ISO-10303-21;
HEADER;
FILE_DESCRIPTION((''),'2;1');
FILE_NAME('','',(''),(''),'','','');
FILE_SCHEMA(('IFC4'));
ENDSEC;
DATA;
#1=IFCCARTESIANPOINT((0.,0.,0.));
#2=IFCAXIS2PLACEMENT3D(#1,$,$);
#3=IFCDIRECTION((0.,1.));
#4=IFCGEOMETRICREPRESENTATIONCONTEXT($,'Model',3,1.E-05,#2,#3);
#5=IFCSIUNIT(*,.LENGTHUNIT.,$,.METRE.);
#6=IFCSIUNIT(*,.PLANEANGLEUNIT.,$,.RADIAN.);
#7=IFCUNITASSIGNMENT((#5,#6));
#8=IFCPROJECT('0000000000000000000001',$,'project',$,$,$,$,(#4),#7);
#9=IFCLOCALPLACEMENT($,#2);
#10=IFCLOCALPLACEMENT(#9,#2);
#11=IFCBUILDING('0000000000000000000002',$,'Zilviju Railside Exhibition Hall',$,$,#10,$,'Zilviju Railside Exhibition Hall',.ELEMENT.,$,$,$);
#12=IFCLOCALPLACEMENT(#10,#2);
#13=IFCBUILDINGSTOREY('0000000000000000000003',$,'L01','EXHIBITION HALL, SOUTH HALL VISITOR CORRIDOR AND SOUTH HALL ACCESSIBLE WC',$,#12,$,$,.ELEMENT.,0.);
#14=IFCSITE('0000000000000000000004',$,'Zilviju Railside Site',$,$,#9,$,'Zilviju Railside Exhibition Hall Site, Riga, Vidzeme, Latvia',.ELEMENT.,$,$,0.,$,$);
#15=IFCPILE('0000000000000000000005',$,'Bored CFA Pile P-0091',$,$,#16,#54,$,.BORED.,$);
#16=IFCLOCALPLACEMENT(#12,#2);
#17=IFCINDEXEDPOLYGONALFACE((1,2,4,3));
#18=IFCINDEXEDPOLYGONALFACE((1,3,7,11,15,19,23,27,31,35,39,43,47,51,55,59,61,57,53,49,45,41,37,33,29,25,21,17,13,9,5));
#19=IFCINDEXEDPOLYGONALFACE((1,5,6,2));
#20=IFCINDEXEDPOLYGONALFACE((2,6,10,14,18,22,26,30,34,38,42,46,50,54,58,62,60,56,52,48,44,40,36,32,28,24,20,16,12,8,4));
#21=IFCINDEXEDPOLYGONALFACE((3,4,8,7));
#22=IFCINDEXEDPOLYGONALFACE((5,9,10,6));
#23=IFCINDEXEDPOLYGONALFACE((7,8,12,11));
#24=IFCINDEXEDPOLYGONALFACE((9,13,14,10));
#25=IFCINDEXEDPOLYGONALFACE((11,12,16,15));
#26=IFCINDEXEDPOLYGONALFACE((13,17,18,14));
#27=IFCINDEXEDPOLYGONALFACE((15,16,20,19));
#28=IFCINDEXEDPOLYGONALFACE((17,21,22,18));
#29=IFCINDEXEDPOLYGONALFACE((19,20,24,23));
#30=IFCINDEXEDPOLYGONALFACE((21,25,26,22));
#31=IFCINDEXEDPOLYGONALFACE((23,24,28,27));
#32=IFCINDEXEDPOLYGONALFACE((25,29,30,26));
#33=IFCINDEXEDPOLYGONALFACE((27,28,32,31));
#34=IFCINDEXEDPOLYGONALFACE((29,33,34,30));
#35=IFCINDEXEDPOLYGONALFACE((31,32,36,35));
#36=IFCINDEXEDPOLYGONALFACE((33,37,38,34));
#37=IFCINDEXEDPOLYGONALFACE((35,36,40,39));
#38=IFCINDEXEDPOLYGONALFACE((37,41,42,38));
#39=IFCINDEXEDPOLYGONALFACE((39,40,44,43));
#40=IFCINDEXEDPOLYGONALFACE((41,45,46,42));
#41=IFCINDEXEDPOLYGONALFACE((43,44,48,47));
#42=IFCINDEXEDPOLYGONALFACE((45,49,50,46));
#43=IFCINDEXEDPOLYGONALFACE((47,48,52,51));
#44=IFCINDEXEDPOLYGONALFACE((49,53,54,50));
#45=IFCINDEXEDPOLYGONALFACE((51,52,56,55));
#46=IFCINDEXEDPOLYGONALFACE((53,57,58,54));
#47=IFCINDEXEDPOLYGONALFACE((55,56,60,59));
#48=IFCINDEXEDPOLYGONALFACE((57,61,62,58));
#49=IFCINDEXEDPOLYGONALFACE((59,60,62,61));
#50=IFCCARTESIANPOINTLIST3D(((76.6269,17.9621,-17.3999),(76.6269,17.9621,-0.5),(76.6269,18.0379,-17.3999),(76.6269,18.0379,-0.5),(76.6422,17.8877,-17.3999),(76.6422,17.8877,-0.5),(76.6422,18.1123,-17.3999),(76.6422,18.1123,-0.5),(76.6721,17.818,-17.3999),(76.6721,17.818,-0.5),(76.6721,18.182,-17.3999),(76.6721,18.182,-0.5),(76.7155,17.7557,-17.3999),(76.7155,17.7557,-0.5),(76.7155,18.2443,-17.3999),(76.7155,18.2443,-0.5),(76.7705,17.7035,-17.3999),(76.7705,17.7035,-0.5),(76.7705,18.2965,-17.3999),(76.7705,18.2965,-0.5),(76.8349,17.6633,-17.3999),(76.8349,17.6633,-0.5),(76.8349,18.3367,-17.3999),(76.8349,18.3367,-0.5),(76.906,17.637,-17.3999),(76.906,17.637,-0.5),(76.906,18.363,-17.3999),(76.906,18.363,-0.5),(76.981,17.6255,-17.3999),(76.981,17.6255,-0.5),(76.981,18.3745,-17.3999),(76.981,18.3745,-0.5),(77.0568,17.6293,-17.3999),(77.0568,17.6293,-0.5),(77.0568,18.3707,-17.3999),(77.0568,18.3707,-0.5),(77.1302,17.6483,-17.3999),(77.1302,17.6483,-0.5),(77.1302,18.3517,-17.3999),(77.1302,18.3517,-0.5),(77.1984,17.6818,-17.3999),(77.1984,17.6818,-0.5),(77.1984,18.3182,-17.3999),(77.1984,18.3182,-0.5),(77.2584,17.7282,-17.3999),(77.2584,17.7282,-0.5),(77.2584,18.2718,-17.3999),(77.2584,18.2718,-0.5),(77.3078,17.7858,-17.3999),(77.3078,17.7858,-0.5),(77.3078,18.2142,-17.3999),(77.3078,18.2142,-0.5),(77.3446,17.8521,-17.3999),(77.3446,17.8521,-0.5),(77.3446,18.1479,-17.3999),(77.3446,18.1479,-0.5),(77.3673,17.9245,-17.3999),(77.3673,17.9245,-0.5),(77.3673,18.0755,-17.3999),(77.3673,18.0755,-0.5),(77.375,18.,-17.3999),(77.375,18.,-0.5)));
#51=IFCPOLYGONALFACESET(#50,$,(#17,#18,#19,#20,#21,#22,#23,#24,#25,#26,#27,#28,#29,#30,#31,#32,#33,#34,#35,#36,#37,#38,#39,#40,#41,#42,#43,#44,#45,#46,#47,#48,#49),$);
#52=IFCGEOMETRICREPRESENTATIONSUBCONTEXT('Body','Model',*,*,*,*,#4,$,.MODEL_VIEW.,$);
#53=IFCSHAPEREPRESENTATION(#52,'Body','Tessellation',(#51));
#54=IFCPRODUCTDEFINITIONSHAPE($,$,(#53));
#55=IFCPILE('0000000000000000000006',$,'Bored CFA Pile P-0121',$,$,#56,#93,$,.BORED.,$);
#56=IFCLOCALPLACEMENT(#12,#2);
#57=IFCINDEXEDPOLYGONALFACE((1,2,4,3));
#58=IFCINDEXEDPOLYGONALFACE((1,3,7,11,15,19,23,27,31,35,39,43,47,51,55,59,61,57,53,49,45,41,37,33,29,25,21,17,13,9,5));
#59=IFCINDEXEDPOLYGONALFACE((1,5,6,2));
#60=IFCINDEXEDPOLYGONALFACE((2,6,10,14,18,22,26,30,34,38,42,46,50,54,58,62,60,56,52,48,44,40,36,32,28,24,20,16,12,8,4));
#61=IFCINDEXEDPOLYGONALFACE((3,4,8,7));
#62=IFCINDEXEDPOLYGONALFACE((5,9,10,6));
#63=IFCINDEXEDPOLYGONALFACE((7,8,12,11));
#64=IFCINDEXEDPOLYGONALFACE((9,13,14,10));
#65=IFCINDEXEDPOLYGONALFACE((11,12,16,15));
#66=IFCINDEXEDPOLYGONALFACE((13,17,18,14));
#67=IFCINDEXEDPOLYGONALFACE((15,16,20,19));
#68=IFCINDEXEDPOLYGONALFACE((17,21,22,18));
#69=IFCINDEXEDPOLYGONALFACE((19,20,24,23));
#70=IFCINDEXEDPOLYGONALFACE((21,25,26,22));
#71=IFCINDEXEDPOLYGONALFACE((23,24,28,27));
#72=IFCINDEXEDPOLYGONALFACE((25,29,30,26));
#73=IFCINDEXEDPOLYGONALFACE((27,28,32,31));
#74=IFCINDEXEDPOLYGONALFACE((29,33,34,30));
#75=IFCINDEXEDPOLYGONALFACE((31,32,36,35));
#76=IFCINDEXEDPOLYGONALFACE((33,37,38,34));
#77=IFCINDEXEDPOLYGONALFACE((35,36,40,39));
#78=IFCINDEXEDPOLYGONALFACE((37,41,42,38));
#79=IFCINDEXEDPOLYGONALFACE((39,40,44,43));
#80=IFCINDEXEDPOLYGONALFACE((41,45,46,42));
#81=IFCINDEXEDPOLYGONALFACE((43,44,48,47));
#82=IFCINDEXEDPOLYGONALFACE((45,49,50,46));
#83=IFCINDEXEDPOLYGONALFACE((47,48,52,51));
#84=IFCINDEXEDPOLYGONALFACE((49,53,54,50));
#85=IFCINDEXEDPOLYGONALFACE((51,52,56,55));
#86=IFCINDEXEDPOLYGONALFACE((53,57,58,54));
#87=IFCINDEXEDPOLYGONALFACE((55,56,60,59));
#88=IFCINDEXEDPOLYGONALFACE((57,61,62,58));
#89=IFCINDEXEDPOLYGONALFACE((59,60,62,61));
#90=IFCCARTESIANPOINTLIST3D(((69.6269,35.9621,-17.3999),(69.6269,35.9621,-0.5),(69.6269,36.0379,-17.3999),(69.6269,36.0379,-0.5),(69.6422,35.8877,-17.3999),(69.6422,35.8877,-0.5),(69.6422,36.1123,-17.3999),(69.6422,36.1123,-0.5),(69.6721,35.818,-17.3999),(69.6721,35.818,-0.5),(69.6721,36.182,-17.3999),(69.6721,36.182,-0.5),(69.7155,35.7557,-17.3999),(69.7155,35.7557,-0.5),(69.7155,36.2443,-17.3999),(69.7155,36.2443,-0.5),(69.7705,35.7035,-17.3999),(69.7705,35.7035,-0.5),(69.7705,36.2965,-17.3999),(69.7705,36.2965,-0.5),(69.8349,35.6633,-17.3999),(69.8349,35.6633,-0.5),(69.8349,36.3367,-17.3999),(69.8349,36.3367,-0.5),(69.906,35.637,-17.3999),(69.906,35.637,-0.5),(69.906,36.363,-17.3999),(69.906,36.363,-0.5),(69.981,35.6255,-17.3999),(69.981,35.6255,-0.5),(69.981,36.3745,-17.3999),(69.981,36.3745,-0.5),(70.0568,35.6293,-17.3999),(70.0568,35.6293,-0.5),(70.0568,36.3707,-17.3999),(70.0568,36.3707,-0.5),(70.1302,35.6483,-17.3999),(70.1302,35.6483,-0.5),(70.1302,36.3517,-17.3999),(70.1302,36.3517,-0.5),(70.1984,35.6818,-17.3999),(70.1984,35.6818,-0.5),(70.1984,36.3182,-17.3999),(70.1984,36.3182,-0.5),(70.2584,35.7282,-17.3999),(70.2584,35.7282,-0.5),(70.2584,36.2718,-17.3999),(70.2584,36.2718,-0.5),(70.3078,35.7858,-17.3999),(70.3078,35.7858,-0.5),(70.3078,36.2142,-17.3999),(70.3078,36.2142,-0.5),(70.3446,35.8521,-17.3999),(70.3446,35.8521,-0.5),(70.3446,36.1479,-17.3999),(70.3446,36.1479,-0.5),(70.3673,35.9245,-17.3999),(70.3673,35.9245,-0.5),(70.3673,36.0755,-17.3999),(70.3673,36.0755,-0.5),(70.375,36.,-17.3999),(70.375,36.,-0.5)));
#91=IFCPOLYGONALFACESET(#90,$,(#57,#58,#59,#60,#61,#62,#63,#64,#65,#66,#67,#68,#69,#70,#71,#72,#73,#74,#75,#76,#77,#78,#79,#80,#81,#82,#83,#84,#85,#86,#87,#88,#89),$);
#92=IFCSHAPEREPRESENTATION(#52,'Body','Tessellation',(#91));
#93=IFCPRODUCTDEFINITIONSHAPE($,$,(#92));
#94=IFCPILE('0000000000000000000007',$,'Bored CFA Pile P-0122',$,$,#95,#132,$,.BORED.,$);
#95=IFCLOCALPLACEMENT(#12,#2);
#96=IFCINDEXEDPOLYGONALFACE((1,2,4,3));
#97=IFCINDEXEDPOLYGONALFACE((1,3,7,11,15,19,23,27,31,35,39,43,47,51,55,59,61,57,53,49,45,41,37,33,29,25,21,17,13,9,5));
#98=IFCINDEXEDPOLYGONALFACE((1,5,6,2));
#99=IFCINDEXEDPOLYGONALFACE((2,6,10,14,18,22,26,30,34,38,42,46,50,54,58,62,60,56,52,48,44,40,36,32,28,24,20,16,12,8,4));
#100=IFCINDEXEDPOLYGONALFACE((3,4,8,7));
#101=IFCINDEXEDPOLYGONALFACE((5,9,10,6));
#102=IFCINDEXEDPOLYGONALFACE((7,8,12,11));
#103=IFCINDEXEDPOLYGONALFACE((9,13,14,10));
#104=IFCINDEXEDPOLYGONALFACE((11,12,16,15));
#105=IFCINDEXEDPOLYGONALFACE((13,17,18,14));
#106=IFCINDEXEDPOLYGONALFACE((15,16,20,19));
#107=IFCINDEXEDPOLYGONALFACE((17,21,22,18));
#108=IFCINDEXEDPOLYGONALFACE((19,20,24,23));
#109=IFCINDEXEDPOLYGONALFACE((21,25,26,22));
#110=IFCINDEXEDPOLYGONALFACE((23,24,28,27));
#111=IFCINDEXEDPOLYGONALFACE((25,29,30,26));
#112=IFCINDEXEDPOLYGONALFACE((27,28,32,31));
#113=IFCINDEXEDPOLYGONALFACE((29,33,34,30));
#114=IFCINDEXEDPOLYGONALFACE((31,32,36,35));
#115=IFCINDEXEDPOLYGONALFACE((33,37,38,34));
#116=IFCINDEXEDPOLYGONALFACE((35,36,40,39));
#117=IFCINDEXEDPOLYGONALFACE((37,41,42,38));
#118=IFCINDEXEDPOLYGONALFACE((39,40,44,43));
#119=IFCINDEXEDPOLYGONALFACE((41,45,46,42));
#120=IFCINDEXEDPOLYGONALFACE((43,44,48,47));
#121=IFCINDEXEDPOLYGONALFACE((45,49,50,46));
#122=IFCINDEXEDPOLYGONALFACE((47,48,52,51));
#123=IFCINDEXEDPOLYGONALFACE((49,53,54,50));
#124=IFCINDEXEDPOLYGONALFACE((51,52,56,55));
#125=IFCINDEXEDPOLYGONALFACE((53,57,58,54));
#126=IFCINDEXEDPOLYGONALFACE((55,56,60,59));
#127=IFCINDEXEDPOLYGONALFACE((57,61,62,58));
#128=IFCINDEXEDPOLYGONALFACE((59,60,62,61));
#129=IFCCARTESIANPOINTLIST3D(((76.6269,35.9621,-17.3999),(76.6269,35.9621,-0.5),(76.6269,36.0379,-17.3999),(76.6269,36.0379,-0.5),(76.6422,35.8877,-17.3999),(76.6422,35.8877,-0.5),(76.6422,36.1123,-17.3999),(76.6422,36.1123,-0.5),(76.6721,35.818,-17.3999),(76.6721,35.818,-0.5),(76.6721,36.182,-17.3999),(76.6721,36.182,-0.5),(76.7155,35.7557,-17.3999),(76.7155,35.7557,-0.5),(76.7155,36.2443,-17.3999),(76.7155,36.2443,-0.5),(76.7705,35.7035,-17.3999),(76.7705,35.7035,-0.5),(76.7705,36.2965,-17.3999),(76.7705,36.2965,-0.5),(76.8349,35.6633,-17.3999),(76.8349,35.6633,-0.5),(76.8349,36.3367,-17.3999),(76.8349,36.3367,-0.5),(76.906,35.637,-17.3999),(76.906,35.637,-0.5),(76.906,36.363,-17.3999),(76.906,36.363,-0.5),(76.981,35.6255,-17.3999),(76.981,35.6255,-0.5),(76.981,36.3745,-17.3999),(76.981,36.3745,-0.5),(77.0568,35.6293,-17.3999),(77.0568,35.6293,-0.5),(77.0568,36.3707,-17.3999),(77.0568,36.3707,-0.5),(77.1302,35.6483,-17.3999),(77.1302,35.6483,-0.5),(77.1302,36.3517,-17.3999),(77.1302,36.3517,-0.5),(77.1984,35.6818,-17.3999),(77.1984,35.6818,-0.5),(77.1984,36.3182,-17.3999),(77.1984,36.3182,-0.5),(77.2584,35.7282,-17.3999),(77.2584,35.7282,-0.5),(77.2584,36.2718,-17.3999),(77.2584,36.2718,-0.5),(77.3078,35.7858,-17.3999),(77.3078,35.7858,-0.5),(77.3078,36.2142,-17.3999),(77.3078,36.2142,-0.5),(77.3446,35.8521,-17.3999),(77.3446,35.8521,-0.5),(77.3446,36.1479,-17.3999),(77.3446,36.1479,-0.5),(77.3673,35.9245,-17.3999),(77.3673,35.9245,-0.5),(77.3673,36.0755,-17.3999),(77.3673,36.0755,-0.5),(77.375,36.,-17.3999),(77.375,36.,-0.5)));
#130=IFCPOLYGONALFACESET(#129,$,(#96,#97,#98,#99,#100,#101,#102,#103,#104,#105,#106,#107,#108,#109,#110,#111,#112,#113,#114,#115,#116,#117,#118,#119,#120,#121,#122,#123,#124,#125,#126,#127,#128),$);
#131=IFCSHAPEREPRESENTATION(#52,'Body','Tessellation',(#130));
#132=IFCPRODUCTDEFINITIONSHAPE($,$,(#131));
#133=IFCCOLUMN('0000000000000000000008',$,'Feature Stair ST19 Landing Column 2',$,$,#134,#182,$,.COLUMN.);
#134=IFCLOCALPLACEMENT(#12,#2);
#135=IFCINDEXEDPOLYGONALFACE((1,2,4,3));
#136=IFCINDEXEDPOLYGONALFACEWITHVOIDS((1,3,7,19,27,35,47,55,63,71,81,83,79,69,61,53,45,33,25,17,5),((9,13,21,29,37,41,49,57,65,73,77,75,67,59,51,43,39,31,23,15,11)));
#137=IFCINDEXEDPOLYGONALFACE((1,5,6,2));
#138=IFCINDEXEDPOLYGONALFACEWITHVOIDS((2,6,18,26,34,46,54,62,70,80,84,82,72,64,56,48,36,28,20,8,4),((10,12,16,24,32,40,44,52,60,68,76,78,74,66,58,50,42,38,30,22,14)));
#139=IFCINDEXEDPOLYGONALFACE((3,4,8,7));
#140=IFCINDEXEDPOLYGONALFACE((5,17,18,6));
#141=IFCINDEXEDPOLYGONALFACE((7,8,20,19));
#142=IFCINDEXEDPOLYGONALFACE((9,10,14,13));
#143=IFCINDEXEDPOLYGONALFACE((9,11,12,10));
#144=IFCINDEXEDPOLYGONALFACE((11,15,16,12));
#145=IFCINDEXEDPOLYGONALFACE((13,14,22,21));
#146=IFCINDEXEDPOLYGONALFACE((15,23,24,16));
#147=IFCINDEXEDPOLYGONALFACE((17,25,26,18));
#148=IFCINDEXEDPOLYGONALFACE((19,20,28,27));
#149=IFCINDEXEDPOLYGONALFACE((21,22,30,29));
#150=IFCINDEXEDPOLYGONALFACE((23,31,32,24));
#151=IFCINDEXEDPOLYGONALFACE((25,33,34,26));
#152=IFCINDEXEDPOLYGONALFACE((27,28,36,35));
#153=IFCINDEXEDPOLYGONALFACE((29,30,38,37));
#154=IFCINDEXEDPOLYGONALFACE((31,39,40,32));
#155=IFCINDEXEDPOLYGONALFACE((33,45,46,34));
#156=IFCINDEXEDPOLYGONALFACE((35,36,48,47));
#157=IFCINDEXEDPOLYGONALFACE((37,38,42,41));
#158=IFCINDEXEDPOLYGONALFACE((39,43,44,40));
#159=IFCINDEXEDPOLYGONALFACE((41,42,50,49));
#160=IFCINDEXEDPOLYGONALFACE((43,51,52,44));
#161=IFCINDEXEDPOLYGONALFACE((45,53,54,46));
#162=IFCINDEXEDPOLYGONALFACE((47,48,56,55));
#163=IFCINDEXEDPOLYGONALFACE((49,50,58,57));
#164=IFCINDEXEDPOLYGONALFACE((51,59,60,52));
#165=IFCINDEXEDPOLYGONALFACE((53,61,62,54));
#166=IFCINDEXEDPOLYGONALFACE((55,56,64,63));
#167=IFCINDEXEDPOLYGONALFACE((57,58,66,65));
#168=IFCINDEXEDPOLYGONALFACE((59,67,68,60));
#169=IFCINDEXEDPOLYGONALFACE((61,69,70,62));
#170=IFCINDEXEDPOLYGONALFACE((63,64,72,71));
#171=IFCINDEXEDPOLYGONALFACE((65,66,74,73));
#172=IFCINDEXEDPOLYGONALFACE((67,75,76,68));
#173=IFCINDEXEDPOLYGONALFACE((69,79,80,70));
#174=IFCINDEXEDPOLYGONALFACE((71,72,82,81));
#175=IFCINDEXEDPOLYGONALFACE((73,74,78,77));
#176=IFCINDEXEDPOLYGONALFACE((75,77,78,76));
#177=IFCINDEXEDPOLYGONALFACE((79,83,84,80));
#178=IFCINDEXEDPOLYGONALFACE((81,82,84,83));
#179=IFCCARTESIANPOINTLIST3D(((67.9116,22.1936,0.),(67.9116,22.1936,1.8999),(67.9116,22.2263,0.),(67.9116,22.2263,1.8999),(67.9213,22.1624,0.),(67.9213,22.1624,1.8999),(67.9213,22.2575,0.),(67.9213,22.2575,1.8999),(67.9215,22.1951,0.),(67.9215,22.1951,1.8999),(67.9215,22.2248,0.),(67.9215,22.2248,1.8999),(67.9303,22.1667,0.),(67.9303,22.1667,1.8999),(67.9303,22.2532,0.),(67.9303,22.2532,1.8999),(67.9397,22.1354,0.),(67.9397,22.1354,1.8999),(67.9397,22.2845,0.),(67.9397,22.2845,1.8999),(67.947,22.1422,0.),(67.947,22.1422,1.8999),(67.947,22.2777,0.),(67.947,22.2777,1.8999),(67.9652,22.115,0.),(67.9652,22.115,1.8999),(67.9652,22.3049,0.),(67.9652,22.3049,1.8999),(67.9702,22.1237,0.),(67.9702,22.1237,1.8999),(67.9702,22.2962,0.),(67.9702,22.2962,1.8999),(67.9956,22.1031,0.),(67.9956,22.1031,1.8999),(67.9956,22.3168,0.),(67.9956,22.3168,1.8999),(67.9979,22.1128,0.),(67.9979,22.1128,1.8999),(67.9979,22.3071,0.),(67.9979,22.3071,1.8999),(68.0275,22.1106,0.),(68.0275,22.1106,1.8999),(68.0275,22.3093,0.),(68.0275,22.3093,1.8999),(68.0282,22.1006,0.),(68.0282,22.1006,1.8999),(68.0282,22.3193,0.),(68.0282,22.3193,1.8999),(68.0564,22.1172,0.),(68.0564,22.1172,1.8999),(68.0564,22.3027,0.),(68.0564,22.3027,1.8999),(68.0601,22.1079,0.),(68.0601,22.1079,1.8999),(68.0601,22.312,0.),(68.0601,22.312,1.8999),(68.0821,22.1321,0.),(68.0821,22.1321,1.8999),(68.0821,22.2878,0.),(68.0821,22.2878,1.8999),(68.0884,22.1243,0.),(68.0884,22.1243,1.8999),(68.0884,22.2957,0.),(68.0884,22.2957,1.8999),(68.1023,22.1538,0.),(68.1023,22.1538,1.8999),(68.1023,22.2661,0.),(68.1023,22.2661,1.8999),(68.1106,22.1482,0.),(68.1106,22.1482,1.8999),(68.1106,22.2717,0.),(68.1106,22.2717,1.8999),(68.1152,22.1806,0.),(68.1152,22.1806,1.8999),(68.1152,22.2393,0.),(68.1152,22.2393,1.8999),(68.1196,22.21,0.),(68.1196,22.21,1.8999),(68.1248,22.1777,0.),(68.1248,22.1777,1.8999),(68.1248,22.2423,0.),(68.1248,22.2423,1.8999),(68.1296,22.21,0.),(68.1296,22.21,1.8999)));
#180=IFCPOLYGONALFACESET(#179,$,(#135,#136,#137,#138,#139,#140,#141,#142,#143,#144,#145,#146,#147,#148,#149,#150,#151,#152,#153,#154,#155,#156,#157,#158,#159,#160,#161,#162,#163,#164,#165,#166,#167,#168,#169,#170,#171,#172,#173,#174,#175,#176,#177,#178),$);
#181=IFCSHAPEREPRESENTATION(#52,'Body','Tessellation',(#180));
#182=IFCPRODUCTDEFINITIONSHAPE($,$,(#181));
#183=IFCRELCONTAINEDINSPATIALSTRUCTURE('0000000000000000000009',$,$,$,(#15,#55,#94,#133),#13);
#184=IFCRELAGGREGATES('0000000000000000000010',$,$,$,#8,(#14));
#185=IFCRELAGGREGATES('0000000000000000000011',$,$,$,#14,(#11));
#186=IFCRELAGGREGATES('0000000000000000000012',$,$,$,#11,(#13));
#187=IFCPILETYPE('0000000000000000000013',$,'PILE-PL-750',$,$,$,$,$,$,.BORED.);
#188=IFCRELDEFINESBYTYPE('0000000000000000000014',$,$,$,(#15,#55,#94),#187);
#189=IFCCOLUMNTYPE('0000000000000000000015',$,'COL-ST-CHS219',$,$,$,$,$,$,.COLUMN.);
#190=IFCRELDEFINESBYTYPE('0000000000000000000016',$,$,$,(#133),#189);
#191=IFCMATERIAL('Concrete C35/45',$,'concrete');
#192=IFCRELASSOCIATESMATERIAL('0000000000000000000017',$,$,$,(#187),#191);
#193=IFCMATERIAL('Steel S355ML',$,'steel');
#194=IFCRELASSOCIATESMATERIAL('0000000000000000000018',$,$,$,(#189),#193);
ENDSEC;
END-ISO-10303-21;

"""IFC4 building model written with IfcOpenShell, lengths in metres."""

from ifc_helpers import new_model, si_unit, direction, frame, origin, origin_2d, place, context, subcontext, project, spatial, circle, hollow_circle, extrude, material, material_profile, profile_set, type_object, element, save


model = new_model("IFC4")

# Units and contexts
model_context = context("Model", 3, precision=1e-05, world=origin(), true_north=direction((0.0, 1.0)))
body_context = subcontext(model_context, "Body", "Model", "MODEL_VIEW")
ifc_project = project(units=[si_unit("LENGTHUNIT", "METRE"), si_unit("PLANEANGLEUNIT", "RADIAN")], contexts=[model_context])

# Site, building, storey
site_placement = place(None, origin())
site = spatial("IfcSite", under=ifc_project, at=site_placement, Name="Zilviju Railside Site", LongName="Zilviju Railside Exhibition Hall Site, Riga, Vidzeme, Latvia", CompositionType="ELEMENT", RefElevation=0.0)
building_placement = place(site_placement, origin())
building = spatial("IfcBuilding", under=site, at=building_placement, Name="Zilviju Railside Exhibition Hall", LongName="Zilviju Railside Exhibition Hall", CompositionType="ELEMENT")
storey_placement = place(building_placement, origin())
storey = spatial("IfcBuildingStorey", under=building, at=storey_placement, Name="L01", Description="EXHIBITION HALL, SOUTH HALL VISITOR CORRIDOR AND SOUTH HALL ACCESSIBLE WC", CompositionType="ELEMENT", Elevation=0.0)

# Shared definitions
ifc_material_1 = material(Name="Concrete C35/45", Category="concrete")

# Piles
ifc_material_profile_1 = material_profile(ifc_material_1, circle(Radius=0.375, at=origin_2d()), Name="CFA PILE D750")
ifc_profile_set_1 = profile_set([ifc_material_profile_1], Name="Concrete C35/45")
pile_type = type_object("IfcPileType", Name="PILE-PL-750", PredefinedType="BORED", material=ifc_profile_set_1)
for number, where, z_axis, x_axis, name in (
    (1, (77.0, 18.0, -0.5), (0.0, 0.0, -1.0), (1.0, 0.0, 0.0), "Bored CFA Pile P-0091"),
    (2, (70.0, 36.0, -0.5), (0.0, 0.0, -1.0), (1.0, 0.0, 0.0), "Bored CFA Pile P-0121"),
    (3, (77.0, 36.0, -0.5), (0.0, 0.0, -1.0), (1.0, 0.0, 0.0), "Bored CFA Pile P-0122"),
):
    element("IfcPile", number, at=place(storey_placement, frame(where, z_axis=z_axis, x_axis=x_axis)), inside=storey, type_object=pile_type, Name=name, PredefinedType="BORED", context=body_context, shape_type="SweptSolid", body=[
        extrude(circle(Radius=0.375, at=origin_2d()), origin(), (0.0, 0.0, 1.0), 16.8999),
    ])

# Column
ifc_material_2 = material(Name="Steel S355ML", Category="steel")
ifc_material_profile_2 = material_profile(ifc_material_2, hollow_circle(Radius=0.1096, WallThickness=0.01, at=origin_2d()), Name="CHS 219.1x10.0")
ifc_profile_set_2 = profile_set([ifc_material_profile_2], Name="Steel S355ML")
column_type_1 = type_object("IfcColumnType", Name="COL-ST-CHS219", PredefinedType="COLUMN", material=ifc_profile_set_2)
for number, where, z_axis, x_axis, name in (
    (4, (68.02, 22.21, 0.0), (0.0, 0.0, 1.0), (1.0, 0.0, 0.0), "Feature Stair ST19 Landing Column 2"),
):
    element("IfcColumn", number, at=place(storey_placement, frame(where, z_axis=z_axis, x_axis=x_axis)), inside=storey, type_object=column_type_1, Name=name, PredefinedType="COLUMN", context=body_context, shape_type="SweptSolid", body=[
        extrude(hollow_circle(Radius=0.1096, WallThickness=0.01, at=origin_2d()), origin(), (0.0, 0.0, 1.0), 1.8999),
    ])

save(model, "model.ifc")
